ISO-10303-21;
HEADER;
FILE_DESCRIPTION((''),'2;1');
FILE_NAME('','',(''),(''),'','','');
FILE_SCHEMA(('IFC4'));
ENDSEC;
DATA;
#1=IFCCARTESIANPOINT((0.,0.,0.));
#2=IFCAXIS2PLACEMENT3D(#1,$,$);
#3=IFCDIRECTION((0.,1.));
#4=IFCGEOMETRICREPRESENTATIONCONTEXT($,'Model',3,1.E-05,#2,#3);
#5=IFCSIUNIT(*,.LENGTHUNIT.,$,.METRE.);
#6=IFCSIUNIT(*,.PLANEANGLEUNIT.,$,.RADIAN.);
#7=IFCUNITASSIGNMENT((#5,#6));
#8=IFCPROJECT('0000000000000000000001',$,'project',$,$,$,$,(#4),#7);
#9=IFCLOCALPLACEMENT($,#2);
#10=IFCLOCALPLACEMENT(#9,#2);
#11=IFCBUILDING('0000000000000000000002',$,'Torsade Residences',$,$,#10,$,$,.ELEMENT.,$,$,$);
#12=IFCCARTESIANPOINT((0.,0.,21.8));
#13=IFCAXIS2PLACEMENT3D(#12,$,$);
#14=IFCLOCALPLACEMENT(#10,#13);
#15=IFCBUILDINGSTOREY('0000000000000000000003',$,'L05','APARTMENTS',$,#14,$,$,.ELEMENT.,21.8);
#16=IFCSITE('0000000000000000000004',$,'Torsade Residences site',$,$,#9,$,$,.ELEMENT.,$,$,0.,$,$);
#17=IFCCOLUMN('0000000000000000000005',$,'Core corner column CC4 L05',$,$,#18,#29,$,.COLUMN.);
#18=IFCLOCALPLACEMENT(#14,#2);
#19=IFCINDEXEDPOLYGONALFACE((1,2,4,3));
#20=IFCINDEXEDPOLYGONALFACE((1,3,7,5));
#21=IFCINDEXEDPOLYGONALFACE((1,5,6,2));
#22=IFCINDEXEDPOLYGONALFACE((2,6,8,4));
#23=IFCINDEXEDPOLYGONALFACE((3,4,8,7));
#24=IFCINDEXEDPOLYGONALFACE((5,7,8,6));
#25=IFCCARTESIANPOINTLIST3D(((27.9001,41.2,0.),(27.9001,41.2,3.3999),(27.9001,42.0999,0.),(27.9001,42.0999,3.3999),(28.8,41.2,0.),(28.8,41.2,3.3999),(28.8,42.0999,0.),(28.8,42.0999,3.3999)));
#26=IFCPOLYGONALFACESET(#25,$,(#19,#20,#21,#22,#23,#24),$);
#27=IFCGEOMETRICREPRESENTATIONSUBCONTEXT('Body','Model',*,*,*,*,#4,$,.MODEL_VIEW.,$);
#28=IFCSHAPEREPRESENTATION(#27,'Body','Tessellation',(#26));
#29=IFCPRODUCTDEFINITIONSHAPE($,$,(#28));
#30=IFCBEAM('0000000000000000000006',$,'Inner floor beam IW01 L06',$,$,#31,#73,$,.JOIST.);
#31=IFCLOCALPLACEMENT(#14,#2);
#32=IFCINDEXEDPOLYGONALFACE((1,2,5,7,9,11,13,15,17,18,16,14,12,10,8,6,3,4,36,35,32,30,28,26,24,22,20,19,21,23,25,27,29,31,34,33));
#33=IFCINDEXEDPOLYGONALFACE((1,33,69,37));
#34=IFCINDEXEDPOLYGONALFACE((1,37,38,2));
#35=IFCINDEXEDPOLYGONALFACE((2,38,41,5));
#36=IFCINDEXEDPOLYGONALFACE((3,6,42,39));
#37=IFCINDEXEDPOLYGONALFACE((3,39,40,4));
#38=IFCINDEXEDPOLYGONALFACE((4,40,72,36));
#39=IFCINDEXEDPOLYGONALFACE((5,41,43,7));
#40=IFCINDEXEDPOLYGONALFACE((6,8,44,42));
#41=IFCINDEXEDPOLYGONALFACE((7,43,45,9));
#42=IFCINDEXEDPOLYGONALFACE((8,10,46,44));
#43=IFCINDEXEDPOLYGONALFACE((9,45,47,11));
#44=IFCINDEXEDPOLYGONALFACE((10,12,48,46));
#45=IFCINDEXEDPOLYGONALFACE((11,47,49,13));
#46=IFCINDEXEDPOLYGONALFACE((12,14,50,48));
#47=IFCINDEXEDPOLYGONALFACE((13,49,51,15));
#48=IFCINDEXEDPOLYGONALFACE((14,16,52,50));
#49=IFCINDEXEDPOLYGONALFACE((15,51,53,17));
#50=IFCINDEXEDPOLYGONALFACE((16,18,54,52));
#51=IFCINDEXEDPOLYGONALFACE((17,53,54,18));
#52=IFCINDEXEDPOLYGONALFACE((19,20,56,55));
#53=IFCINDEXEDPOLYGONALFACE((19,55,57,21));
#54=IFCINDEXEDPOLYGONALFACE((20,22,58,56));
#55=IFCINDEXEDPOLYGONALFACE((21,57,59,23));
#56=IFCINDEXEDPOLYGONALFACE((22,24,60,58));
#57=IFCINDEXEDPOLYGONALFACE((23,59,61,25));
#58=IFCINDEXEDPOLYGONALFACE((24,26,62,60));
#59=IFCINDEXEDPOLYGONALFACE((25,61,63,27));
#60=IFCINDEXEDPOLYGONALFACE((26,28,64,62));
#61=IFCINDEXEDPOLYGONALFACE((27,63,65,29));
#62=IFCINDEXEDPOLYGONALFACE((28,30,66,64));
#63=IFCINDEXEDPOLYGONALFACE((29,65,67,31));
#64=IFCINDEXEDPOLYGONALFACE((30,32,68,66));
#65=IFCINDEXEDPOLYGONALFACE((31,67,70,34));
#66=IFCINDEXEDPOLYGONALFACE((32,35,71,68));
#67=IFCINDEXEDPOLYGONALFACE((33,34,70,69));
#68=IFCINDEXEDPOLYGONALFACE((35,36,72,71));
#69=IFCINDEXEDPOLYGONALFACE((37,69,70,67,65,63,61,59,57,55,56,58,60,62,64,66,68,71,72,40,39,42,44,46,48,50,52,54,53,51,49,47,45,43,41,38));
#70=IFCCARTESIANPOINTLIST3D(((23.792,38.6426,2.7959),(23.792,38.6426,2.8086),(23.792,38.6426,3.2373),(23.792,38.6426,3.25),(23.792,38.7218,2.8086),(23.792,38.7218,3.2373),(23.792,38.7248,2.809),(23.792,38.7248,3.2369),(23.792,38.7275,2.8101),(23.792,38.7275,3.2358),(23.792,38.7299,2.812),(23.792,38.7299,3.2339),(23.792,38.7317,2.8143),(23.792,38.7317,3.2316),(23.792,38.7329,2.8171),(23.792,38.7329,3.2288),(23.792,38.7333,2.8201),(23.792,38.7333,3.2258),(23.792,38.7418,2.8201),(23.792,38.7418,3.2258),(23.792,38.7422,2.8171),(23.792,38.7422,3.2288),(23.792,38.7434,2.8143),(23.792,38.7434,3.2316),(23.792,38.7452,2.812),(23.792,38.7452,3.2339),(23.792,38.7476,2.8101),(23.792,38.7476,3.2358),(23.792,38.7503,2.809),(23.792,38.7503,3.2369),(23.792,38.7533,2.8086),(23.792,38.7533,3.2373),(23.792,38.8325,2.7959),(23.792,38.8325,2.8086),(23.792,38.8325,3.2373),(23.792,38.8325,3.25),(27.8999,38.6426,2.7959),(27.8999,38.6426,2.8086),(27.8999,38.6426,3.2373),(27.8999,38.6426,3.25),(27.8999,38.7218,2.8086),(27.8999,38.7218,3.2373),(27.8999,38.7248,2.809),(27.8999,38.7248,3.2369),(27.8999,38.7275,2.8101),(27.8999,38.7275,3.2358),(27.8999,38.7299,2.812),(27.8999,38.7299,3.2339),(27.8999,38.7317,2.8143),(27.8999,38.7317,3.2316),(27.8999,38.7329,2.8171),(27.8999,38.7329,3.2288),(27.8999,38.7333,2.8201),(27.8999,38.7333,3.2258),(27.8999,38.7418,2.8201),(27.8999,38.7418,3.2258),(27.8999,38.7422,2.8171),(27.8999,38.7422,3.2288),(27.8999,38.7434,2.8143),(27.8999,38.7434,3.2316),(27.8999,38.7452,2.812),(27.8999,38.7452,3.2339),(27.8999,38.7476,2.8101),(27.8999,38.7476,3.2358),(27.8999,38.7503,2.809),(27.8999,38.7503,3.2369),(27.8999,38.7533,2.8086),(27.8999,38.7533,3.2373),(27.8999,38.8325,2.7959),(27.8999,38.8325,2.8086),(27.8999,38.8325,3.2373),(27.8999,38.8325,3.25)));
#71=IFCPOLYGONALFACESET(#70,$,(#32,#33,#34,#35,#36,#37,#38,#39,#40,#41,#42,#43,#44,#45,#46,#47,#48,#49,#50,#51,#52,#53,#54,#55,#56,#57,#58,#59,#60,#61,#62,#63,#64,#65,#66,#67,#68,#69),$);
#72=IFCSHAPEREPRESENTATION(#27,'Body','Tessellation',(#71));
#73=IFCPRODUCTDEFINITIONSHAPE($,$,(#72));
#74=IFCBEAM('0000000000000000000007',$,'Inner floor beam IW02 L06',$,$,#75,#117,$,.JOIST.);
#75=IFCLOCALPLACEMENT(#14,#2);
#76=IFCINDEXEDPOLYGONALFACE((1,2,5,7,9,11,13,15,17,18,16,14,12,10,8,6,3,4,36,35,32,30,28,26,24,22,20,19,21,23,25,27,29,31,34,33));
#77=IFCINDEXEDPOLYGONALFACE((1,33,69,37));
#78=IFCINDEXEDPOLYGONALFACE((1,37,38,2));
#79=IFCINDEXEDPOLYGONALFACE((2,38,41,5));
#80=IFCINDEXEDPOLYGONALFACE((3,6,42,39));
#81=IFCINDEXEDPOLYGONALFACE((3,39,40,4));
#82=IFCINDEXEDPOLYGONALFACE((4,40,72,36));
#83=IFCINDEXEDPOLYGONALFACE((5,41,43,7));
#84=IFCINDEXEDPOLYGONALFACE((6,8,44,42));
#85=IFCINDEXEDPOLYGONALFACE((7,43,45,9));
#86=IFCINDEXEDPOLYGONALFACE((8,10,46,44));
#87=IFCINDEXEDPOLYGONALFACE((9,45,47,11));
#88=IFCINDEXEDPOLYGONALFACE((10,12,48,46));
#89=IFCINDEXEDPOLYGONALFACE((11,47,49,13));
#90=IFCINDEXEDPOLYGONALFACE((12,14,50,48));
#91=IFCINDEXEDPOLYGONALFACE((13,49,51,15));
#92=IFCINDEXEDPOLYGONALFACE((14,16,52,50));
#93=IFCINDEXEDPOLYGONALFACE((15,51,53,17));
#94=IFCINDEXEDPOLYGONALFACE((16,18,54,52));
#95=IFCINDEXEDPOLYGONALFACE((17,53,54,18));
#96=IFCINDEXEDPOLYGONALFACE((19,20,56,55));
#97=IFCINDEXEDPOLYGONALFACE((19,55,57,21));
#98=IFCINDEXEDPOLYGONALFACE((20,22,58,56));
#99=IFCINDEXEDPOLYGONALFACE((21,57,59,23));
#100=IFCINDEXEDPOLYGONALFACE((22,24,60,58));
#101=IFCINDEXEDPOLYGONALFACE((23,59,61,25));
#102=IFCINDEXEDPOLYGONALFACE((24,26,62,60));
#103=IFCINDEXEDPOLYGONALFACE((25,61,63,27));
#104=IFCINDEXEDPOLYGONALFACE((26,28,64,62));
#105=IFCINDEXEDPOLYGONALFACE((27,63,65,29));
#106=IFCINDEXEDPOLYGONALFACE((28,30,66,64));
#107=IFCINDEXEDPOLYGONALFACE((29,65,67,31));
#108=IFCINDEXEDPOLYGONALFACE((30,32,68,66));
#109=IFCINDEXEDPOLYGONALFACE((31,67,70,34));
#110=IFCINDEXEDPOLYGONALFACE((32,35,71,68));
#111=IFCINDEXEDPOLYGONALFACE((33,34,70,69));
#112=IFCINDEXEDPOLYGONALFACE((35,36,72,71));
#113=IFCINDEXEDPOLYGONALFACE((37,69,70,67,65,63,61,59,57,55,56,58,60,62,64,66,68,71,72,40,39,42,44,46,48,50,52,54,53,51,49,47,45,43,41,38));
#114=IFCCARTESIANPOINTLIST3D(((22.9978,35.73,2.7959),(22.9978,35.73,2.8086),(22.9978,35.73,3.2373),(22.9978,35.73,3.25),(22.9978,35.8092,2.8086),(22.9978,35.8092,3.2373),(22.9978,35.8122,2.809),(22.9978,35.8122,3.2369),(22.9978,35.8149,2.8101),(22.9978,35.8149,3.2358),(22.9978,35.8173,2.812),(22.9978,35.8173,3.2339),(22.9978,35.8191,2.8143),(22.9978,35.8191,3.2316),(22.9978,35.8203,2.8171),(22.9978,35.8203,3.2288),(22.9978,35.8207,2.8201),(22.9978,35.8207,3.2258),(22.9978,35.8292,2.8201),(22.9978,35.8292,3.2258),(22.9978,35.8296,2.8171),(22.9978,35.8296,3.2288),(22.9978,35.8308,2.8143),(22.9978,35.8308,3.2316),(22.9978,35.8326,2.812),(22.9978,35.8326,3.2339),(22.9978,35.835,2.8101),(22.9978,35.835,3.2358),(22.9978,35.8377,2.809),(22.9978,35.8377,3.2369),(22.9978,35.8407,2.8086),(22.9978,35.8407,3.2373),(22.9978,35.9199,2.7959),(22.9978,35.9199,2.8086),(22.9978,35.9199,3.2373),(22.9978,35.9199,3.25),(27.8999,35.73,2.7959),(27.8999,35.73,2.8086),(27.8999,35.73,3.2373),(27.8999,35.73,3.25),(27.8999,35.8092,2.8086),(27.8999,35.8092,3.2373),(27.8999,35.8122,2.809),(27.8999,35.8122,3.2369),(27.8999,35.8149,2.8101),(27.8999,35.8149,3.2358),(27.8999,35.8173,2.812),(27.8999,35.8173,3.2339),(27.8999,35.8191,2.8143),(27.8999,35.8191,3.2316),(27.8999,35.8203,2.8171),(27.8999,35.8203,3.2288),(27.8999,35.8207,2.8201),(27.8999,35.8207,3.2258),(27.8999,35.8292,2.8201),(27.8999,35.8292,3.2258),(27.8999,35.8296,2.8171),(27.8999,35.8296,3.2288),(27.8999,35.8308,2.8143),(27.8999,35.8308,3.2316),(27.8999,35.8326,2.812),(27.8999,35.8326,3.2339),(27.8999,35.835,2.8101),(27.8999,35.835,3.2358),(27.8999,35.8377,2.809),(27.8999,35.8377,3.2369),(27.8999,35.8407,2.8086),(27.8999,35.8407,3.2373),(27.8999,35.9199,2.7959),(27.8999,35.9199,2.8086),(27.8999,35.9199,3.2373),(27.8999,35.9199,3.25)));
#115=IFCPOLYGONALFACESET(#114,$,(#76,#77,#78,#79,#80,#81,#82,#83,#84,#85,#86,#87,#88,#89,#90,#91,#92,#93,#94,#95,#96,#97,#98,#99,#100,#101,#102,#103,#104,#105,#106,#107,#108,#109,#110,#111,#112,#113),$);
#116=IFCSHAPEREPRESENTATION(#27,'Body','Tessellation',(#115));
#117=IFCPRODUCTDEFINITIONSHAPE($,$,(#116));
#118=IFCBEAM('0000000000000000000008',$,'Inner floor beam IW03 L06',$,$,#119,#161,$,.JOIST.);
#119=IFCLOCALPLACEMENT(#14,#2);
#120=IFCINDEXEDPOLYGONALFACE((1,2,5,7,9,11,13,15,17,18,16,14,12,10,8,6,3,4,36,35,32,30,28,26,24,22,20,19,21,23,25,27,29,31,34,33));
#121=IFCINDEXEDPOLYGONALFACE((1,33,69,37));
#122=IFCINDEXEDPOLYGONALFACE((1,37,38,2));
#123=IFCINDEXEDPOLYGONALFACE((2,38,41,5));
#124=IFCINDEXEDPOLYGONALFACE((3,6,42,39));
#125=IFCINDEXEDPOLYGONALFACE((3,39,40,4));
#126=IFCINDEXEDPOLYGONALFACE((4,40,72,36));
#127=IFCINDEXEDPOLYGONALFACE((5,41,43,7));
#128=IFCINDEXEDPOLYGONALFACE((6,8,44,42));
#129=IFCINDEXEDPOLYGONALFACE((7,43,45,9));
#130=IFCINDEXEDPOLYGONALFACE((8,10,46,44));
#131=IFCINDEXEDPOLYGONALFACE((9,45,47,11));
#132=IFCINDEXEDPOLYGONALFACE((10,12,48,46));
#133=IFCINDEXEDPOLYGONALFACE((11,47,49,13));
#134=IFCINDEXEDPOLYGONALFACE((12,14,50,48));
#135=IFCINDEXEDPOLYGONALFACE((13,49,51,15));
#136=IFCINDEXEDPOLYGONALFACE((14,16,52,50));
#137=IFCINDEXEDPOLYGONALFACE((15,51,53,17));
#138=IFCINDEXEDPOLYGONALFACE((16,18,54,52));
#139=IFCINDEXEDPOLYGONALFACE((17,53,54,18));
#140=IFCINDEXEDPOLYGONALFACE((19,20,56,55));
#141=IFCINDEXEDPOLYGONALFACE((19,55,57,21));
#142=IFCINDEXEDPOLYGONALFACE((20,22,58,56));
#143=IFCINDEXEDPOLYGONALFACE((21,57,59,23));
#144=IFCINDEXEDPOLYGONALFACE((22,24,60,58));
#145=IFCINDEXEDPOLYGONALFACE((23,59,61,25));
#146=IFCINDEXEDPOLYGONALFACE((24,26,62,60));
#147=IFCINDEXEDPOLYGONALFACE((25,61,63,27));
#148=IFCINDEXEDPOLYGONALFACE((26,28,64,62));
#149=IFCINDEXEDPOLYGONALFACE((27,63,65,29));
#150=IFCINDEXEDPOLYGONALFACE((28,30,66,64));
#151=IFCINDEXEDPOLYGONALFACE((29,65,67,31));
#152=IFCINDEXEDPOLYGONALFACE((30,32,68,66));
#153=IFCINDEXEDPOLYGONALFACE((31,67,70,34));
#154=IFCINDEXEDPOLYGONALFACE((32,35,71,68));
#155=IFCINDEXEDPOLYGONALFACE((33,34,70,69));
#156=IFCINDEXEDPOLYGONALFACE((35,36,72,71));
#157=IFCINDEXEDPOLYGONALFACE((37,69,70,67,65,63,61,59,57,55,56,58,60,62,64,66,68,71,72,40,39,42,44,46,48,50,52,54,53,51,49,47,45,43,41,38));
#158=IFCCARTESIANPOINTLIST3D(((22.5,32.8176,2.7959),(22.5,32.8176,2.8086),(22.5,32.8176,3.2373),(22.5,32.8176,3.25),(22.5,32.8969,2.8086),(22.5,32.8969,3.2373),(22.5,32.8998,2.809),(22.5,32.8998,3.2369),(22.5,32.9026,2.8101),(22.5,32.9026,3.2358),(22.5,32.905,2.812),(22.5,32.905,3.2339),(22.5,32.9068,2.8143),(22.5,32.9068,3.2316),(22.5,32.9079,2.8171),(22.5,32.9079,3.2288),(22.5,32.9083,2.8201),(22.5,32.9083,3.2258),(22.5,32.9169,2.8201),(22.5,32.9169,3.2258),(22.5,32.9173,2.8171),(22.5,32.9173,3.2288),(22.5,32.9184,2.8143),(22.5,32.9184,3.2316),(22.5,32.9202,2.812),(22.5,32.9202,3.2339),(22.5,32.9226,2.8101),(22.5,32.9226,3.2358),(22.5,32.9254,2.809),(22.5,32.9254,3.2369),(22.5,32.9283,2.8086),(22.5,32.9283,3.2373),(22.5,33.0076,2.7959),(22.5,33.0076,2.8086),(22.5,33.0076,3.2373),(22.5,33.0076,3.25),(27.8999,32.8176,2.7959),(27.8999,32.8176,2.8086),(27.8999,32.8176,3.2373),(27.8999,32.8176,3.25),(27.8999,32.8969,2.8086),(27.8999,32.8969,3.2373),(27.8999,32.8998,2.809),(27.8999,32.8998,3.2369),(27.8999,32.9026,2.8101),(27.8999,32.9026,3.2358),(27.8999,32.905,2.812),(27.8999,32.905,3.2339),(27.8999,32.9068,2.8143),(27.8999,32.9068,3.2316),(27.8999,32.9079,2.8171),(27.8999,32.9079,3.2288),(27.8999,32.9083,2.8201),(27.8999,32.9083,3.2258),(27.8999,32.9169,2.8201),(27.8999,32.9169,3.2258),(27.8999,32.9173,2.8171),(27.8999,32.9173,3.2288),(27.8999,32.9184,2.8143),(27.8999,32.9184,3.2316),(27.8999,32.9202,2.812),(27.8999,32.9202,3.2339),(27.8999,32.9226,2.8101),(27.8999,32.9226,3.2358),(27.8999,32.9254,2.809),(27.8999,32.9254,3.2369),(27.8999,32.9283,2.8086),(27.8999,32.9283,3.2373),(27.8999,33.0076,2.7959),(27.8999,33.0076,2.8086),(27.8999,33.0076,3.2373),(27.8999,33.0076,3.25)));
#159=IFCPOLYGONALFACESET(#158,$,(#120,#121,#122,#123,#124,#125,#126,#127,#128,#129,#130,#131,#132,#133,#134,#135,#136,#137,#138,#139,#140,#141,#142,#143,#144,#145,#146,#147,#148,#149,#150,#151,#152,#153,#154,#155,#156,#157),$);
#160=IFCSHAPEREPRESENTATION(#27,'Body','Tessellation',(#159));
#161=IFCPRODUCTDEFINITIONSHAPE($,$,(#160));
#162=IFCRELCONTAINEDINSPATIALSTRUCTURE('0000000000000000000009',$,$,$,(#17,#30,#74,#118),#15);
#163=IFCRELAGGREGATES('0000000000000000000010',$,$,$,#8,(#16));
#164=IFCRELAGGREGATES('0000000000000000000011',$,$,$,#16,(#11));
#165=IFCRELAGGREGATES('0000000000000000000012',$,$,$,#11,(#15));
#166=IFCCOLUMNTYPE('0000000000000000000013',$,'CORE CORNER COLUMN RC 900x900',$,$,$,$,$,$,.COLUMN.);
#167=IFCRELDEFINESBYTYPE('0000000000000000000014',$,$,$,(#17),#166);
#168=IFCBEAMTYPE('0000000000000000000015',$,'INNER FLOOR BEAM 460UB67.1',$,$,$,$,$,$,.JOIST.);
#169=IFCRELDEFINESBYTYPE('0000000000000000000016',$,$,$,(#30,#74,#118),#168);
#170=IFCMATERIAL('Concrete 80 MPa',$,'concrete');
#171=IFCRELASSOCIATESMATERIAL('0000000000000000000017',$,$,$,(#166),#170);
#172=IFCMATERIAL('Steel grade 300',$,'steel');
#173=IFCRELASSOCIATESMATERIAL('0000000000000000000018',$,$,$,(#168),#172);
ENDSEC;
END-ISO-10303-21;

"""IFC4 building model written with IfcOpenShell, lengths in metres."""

from ifc_helpers import new_model, si_unit, direction, frame, origin, origin_2d, place, context, subcontext, project, spatial, rectangle, i_section, extrude, material, material_profile, profile_set, type_object, element, save


model = new_model("IFC4")

# Units and contexts
model_context = context("Model", 3, precision=1e-05, world=origin(), true_north=direction((0.0, 1.0)))
body_context = subcontext(model_context, "Body", "Model", "MODEL_VIEW")
ifc_project = project(units=[si_unit("LENGTHUNIT", "METRE"), si_unit("PLANEANGLEUNIT", "RADIAN")], contexts=[model_context])

# Site, building, storey
site_placement = place(None, origin())
site = spatial("IfcSite", under=ifc_project, at=site_placement, Name="Torsade Residences site", CompositionType="ELEMENT", RefElevation=0.0)
building_placement = place(site_placement, origin())
building = spatial("IfcBuilding", under=site, at=building_placement, Name="Torsade Residences", CompositionType="ELEMENT")
storey_placement = place(building_placement, frame((0.0, 0.0, 21.8)))
storey = spatial("IfcBuildingStorey", under=building, at=storey_placement, Name="L05", Description="APARTMENTS", CompositionType="ELEMENT", Elevation=21.8)

# Column
ifc_material_1 = material(Name="Concrete 80 MPa", Category="concrete")
ifc_material_profile_1 = material_profile(ifc_material_1, rectangle(XDim=0.8999, YDim=0.8999, at=origin_2d()), Name="RC 900x900")
ifc_profile_set_1 = profile_set([ifc_material_profile_1], Name="Concrete 80 MPa")
column_type = type_object("IfcColumnType", Name="CORE CORNER COLUMN RC 900x900", PredefinedType="COLUMN", material=ifc_profile_set_1)
column_placement = place(storey_placement, frame((28.3501, 41.6499, 0.0), z_axis=(0.0, 0.0, 1.0), x_axis=(1.0, 0.0, 0.0)))
element("IfcColumn", 1, at=column_placement, inside=storey, type_object=column_type, Name="Core corner column CC4 L05", PredefinedType="COLUMN", context=body_context, shape_type="SweptSolid", body=[
    extrude(rectangle(XDim=0.8999, YDim=0.8999, at=origin_2d()), origin(), (0.0, 0.0, 1.0), 3.3999),
])

# Beams
ifc_material_2 = material(Name="Steel grade 300", Category="steel")
ifc_material_profile_2 = material_profile(ifc_material_2, i_section(OverallWidth=0.1899, OverallDepth=0.4541, WebThickness=0.0085, FlangeThickness=0.0127, FilletRadius=0.0115, at=origin_2d()), Name="460UB67.1")
ifc_profile_set_2 = profile_set([ifc_material_profile_2], Name="Steel grade 300")
beam_type = type_object("IfcBeamType", Name="INNER FLOOR BEAM 460UB67.1", PredefinedType="JOIST", material=ifc_profile_set_2)
beam_1_placement = place(storey_placement, frame((27.8999, 38.7375, 3.0229), z_axis=(-1.0, 0.0, 0.0), x_axis=(0.0, -1.0, 0.0)))
element("IfcBeam", 2, at=beam_1_placement, inside=storey, type_object=beam_type, Name="Inner floor beam IW01 L06", PredefinedType="JOIST", context=body_context, shape_type="SweptSolid", body=[
    extrude(i_section(OverallWidth=0.1899, OverallDepth=0.4541, WebThickness=0.0085, FlangeThickness=0.0127, FilletRadius=0.0115, at=origin_2d()), origin(), (0.0, 0.0, 1.0), 4.1079),
])
beam_2_placement = place(storey_placement, frame((27.8999, 35.825, 3.0229), z_axis=(-1.0, 0.0, 0.0), x_axis=(0.0, -1.0, 0.0)))
element("IfcBeam", 3, at=beam_2_placement, inside=storey, type_object=beam_type, Name="Inner floor beam IW02 L06", PredefinedType="JOIST", context=body_context, shape_type="SweptSolid", body=[
    extrude(i_section(OverallWidth=0.1899, OverallDepth=0.4541, WebThickness=0.0085, FlangeThickness=0.0127, FilletRadius=0.0115, at=origin_2d()), origin(), (0.0, 0.0, 1.0), 4.9021),
])
beam_3_placement = place(storey_placement, frame((27.8999, 32.9126, 3.0229), z_axis=(-1.0, 0.0, 0.0), x_axis=(0.0, -1.0, 0.0)))
element("IfcBeam", 4, at=beam_3_placement, inside=storey, type_object=beam_type, Name="Inner floor beam IW03 L06", PredefinedType="JOIST", context=body_context, shape_type="SweptSolid", body=[
    extrude(i_section(OverallWidth=0.1899, OverallDepth=0.4541, WebThickness=0.0085, FlangeThickness=0.0127, FilletRadius=0.0115, at=origin_2d()), origin(), (0.0, 0.0, 1.0), 5.3999),
])

save(model, "model.ifc")
